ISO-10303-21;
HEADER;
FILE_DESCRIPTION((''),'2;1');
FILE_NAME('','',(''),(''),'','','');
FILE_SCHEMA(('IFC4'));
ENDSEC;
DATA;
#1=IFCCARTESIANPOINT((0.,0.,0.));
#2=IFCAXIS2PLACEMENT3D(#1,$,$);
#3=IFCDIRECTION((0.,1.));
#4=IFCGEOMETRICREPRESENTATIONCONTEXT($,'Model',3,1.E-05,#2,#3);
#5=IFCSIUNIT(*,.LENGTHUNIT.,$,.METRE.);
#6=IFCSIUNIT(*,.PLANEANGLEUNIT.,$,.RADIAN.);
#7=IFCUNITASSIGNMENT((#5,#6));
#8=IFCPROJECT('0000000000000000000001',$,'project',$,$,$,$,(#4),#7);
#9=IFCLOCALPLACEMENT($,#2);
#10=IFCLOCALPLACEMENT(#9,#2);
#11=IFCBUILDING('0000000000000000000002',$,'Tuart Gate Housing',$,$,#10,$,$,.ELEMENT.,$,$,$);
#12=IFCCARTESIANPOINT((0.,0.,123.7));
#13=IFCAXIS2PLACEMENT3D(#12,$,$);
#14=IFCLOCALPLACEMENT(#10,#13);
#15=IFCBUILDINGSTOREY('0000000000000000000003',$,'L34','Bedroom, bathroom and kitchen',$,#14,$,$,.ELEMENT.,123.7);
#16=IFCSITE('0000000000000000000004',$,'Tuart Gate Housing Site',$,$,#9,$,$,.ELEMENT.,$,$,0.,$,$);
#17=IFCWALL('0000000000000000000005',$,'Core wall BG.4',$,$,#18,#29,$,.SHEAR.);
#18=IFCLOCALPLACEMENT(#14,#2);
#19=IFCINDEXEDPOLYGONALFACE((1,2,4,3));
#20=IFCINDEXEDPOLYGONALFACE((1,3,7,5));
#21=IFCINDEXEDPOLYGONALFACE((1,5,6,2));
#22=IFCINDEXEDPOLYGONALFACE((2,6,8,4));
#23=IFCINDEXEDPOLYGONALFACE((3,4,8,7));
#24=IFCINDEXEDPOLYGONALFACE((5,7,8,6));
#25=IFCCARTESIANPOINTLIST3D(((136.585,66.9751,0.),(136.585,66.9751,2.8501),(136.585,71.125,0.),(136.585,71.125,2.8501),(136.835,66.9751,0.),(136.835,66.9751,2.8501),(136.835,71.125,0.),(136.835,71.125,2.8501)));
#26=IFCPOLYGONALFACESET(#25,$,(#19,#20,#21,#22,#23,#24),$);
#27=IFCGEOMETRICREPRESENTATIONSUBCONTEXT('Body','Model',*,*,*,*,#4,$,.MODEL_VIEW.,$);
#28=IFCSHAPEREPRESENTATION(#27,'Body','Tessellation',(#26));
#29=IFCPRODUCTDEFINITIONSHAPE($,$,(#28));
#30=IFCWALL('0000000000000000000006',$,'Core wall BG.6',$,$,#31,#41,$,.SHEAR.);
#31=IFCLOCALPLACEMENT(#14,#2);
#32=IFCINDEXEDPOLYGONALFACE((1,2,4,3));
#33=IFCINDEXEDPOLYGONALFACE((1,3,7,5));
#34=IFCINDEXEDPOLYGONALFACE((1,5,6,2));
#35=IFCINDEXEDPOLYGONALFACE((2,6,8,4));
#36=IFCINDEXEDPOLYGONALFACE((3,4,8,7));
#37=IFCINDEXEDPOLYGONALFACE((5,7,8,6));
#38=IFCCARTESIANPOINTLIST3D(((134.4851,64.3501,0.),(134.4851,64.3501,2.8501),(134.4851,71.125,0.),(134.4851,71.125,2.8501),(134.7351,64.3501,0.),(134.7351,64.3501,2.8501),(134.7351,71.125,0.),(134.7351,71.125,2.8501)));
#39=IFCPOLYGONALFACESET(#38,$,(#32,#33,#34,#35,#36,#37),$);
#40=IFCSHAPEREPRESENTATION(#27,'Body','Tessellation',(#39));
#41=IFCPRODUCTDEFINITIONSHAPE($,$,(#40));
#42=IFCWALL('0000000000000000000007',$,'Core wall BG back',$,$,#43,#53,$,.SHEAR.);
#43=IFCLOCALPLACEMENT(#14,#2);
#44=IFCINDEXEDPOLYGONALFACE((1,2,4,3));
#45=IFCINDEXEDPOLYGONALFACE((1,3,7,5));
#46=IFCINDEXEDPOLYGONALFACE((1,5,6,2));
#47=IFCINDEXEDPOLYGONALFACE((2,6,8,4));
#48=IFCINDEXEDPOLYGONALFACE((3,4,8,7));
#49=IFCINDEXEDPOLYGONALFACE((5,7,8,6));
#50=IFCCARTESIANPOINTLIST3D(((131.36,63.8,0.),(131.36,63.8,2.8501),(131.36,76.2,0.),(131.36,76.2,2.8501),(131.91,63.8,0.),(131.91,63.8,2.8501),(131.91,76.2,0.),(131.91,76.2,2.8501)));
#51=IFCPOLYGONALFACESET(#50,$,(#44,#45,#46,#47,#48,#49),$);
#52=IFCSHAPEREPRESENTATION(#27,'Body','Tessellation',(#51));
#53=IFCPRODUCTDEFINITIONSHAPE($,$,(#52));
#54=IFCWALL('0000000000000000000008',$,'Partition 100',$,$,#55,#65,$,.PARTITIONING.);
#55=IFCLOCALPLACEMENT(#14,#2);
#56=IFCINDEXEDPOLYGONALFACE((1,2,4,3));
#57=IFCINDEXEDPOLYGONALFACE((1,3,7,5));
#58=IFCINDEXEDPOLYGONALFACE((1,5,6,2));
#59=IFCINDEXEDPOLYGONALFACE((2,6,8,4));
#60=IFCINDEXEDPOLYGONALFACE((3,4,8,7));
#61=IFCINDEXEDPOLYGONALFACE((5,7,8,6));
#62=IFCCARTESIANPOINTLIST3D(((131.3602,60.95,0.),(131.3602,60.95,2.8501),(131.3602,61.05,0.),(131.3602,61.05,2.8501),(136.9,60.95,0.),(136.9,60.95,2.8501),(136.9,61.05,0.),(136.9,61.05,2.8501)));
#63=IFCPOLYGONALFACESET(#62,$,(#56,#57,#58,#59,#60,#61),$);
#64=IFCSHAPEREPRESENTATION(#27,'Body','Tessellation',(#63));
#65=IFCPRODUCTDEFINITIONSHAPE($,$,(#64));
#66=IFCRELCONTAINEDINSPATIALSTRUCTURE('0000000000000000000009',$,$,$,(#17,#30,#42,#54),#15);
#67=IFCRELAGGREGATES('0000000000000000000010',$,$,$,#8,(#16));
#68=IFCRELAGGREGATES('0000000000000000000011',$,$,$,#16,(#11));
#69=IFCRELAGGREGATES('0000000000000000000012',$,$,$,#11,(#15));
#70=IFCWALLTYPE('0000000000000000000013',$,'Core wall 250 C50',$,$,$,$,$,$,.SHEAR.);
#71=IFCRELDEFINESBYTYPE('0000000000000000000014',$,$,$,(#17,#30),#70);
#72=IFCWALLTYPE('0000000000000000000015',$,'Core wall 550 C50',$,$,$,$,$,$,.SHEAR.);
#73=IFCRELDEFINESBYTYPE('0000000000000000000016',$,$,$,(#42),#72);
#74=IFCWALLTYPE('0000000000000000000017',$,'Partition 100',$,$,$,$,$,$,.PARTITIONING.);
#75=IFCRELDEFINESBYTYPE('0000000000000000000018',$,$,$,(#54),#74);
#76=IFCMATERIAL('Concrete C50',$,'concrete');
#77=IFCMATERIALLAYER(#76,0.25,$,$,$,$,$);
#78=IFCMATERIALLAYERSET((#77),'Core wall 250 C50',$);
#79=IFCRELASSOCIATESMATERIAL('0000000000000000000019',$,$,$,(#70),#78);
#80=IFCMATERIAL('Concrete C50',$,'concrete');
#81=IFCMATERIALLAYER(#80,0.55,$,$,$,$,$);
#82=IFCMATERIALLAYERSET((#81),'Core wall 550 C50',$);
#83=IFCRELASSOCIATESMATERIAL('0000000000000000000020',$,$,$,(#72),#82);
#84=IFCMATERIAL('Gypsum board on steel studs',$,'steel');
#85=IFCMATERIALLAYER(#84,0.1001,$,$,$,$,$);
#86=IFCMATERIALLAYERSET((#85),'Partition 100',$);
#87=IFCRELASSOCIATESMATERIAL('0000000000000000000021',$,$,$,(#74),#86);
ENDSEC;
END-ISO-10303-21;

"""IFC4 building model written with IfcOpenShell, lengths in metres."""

from ifc_helpers import new_model, si_unit, direction, frame, frame_2d, origin, place, context, subcontext, project, spatial, rectangle, extrude, material, layer, layer_set, type_object, element, save


model = new_model("IFC4")

# Units and contexts
model_context = context("Model", 3, precision=1e-05, world=origin(), true_north=direction((0.0, 1.0)))
body_context = subcontext(model_context, "Body", "Model", "MODEL_VIEW")
ifc_project = project(units=[si_unit("LENGTHUNIT", "METRE"), si_unit("PLANEANGLEUNIT", "RADIAN")], contexts=[model_context])

# Site, building, storey
site_placement = place(None, origin())
site = spatial("IfcSite", under=ifc_project, at=site_placement, Name="Tuart Gate Housing Site", CompositionType="ELEMENT", RefElevation=0.0)
building_placement = place(site_placement, origin())
building = spatial("IfcBuilding", under=site, at=building_placement, Name="Tuart Gate Housing", CompositionType="ELEMENT")
storey_placement = place(building_placement, frame((0.0, 0.0, 123.7)))
storey = spatial("IfcBuildingStorey", under=building, at=storey_placement, Name="L34", Description="Bedroom, bathroom and kitchen", CompositionType="ELEMENT", Elevation=123.7)

# Walls
ifc_material_1 = material(Name="Concrete C50", Category="concrete")
ifc_layer_1 = layer(ifc_material_1, 0.25)
ifc_layer_set_1 = layer_set([ifc_layer_1], Name="Core wall 250 C50")
wall_type_1 = type_object("IfcWallType", Name="Core wall 250 C50", PredefinedType="SHEAR", material=ifc_layer_set_1)
wall_1_placement = place(storey_placement, frame((136.71, 66.9751, 0.0), z_axis=(0.0, 0.0, 1.0), x_axis=(0.0, 1.0, 0.0)))
element("IfcWall", 1, at=wall_1_placement, inside=storey, type_object=wall_type_1, Name="Core wall BG.4", PredefinedType="SHEAR", context=body_context, shape_type="SweptSolid", body=[
    extrude(rectangle(XDim=4.1499, YDim=0.25, at=frame_2d((2.075, 0.0))), origin(), (0.0, 0.0, 1.0), 2.8501),
])
wall_2_placement = place(storey_placement, frame((134.6101, 64.3501, 0.0), z_axis=(0.0, 0.0, 1.0), x_axis=(0.0, 1.0, 0.0)))
element("IfcWall", 2, at=wall_2_placement, inside=storey, type_object=wall_type_1, Name="Core wall BG.6", PredefinedType="SHEAR", context=body_context, shape_type="SweptSolid", body=[
    extrude(rectangle(XDim=6.7749, YDim=0.25, at=frame_2d((3.3875, 0.0))), origin(), (0.0, 0.0, 1.0), 2.8501),
])
ifc_material_2 = material(Name="Concrete C50", Category="concrete")
ifc_layer_2 = layer(ifc_material_2, 0.55)
ifc_layer_set_2 = layer_set([ifc_layer_2], Name="Core wall 550 C50")
wall_type_2 = type_object("IfcWallType", Name="Core wall 550 C50", PredefinedType="SHEAR", material=ifc_layer_set_2)
wall_3_placement = place(storey_placement, frame((131.635, 63.8, 0.0), z_axis=(0.0, 0.0, 1.0), x_axis=(0.0, 1.0, 0.0)))
element("IfcWall", 3, at=wall_3_placement, inside=storey, type_object=wall_type_2, Name="Core wall BG back", PredefinedType="SHEAR", context=body_context, shape_type="SweptSolid", body=[
    extrude(rectangle(XDim=12.3999, YDim=0.55, at=frame_2d((6.2, 0.0))), origin(), (0.0, 0.0, 1.0), 2.8501),
])
ifc_material_3 = material(Name="Gypsum board on steel studs", Category="steel")
ifc_layer_3 = layer(ifc_material_3, 0.1001)
ifc_layer_set_3 = layer_set([ifc_layer_3], Name="Partition 100")
wall_type_3 = type_object("IfcWallType", Name="Partition 100", PredefinedType="PARTITIONING", material=ifc_layer_set_3)
wall_4_placement = place(storey_placement, frame((131.3601, 61.0, 0.0), z_axis=(0.0, 0.0, 1.0), x_axis=(1.0, 0.0, 0.0)))
element("IfcWall", 4, at=wall_4_placement, inside=storey, type_object=wall_type_3, Name="Partition 100", PredefinedType="PARTITIONING", context=body_context, shape_type="SweptSolid", body=[
    extrude(rectangle(XDim=5.5398, YDim=0.1001, at=frame_2d((2.77, 0.0))), origin(), (0.0, 0.0, 1.0), 2.8501),
])

save(model, "model.ifc")
